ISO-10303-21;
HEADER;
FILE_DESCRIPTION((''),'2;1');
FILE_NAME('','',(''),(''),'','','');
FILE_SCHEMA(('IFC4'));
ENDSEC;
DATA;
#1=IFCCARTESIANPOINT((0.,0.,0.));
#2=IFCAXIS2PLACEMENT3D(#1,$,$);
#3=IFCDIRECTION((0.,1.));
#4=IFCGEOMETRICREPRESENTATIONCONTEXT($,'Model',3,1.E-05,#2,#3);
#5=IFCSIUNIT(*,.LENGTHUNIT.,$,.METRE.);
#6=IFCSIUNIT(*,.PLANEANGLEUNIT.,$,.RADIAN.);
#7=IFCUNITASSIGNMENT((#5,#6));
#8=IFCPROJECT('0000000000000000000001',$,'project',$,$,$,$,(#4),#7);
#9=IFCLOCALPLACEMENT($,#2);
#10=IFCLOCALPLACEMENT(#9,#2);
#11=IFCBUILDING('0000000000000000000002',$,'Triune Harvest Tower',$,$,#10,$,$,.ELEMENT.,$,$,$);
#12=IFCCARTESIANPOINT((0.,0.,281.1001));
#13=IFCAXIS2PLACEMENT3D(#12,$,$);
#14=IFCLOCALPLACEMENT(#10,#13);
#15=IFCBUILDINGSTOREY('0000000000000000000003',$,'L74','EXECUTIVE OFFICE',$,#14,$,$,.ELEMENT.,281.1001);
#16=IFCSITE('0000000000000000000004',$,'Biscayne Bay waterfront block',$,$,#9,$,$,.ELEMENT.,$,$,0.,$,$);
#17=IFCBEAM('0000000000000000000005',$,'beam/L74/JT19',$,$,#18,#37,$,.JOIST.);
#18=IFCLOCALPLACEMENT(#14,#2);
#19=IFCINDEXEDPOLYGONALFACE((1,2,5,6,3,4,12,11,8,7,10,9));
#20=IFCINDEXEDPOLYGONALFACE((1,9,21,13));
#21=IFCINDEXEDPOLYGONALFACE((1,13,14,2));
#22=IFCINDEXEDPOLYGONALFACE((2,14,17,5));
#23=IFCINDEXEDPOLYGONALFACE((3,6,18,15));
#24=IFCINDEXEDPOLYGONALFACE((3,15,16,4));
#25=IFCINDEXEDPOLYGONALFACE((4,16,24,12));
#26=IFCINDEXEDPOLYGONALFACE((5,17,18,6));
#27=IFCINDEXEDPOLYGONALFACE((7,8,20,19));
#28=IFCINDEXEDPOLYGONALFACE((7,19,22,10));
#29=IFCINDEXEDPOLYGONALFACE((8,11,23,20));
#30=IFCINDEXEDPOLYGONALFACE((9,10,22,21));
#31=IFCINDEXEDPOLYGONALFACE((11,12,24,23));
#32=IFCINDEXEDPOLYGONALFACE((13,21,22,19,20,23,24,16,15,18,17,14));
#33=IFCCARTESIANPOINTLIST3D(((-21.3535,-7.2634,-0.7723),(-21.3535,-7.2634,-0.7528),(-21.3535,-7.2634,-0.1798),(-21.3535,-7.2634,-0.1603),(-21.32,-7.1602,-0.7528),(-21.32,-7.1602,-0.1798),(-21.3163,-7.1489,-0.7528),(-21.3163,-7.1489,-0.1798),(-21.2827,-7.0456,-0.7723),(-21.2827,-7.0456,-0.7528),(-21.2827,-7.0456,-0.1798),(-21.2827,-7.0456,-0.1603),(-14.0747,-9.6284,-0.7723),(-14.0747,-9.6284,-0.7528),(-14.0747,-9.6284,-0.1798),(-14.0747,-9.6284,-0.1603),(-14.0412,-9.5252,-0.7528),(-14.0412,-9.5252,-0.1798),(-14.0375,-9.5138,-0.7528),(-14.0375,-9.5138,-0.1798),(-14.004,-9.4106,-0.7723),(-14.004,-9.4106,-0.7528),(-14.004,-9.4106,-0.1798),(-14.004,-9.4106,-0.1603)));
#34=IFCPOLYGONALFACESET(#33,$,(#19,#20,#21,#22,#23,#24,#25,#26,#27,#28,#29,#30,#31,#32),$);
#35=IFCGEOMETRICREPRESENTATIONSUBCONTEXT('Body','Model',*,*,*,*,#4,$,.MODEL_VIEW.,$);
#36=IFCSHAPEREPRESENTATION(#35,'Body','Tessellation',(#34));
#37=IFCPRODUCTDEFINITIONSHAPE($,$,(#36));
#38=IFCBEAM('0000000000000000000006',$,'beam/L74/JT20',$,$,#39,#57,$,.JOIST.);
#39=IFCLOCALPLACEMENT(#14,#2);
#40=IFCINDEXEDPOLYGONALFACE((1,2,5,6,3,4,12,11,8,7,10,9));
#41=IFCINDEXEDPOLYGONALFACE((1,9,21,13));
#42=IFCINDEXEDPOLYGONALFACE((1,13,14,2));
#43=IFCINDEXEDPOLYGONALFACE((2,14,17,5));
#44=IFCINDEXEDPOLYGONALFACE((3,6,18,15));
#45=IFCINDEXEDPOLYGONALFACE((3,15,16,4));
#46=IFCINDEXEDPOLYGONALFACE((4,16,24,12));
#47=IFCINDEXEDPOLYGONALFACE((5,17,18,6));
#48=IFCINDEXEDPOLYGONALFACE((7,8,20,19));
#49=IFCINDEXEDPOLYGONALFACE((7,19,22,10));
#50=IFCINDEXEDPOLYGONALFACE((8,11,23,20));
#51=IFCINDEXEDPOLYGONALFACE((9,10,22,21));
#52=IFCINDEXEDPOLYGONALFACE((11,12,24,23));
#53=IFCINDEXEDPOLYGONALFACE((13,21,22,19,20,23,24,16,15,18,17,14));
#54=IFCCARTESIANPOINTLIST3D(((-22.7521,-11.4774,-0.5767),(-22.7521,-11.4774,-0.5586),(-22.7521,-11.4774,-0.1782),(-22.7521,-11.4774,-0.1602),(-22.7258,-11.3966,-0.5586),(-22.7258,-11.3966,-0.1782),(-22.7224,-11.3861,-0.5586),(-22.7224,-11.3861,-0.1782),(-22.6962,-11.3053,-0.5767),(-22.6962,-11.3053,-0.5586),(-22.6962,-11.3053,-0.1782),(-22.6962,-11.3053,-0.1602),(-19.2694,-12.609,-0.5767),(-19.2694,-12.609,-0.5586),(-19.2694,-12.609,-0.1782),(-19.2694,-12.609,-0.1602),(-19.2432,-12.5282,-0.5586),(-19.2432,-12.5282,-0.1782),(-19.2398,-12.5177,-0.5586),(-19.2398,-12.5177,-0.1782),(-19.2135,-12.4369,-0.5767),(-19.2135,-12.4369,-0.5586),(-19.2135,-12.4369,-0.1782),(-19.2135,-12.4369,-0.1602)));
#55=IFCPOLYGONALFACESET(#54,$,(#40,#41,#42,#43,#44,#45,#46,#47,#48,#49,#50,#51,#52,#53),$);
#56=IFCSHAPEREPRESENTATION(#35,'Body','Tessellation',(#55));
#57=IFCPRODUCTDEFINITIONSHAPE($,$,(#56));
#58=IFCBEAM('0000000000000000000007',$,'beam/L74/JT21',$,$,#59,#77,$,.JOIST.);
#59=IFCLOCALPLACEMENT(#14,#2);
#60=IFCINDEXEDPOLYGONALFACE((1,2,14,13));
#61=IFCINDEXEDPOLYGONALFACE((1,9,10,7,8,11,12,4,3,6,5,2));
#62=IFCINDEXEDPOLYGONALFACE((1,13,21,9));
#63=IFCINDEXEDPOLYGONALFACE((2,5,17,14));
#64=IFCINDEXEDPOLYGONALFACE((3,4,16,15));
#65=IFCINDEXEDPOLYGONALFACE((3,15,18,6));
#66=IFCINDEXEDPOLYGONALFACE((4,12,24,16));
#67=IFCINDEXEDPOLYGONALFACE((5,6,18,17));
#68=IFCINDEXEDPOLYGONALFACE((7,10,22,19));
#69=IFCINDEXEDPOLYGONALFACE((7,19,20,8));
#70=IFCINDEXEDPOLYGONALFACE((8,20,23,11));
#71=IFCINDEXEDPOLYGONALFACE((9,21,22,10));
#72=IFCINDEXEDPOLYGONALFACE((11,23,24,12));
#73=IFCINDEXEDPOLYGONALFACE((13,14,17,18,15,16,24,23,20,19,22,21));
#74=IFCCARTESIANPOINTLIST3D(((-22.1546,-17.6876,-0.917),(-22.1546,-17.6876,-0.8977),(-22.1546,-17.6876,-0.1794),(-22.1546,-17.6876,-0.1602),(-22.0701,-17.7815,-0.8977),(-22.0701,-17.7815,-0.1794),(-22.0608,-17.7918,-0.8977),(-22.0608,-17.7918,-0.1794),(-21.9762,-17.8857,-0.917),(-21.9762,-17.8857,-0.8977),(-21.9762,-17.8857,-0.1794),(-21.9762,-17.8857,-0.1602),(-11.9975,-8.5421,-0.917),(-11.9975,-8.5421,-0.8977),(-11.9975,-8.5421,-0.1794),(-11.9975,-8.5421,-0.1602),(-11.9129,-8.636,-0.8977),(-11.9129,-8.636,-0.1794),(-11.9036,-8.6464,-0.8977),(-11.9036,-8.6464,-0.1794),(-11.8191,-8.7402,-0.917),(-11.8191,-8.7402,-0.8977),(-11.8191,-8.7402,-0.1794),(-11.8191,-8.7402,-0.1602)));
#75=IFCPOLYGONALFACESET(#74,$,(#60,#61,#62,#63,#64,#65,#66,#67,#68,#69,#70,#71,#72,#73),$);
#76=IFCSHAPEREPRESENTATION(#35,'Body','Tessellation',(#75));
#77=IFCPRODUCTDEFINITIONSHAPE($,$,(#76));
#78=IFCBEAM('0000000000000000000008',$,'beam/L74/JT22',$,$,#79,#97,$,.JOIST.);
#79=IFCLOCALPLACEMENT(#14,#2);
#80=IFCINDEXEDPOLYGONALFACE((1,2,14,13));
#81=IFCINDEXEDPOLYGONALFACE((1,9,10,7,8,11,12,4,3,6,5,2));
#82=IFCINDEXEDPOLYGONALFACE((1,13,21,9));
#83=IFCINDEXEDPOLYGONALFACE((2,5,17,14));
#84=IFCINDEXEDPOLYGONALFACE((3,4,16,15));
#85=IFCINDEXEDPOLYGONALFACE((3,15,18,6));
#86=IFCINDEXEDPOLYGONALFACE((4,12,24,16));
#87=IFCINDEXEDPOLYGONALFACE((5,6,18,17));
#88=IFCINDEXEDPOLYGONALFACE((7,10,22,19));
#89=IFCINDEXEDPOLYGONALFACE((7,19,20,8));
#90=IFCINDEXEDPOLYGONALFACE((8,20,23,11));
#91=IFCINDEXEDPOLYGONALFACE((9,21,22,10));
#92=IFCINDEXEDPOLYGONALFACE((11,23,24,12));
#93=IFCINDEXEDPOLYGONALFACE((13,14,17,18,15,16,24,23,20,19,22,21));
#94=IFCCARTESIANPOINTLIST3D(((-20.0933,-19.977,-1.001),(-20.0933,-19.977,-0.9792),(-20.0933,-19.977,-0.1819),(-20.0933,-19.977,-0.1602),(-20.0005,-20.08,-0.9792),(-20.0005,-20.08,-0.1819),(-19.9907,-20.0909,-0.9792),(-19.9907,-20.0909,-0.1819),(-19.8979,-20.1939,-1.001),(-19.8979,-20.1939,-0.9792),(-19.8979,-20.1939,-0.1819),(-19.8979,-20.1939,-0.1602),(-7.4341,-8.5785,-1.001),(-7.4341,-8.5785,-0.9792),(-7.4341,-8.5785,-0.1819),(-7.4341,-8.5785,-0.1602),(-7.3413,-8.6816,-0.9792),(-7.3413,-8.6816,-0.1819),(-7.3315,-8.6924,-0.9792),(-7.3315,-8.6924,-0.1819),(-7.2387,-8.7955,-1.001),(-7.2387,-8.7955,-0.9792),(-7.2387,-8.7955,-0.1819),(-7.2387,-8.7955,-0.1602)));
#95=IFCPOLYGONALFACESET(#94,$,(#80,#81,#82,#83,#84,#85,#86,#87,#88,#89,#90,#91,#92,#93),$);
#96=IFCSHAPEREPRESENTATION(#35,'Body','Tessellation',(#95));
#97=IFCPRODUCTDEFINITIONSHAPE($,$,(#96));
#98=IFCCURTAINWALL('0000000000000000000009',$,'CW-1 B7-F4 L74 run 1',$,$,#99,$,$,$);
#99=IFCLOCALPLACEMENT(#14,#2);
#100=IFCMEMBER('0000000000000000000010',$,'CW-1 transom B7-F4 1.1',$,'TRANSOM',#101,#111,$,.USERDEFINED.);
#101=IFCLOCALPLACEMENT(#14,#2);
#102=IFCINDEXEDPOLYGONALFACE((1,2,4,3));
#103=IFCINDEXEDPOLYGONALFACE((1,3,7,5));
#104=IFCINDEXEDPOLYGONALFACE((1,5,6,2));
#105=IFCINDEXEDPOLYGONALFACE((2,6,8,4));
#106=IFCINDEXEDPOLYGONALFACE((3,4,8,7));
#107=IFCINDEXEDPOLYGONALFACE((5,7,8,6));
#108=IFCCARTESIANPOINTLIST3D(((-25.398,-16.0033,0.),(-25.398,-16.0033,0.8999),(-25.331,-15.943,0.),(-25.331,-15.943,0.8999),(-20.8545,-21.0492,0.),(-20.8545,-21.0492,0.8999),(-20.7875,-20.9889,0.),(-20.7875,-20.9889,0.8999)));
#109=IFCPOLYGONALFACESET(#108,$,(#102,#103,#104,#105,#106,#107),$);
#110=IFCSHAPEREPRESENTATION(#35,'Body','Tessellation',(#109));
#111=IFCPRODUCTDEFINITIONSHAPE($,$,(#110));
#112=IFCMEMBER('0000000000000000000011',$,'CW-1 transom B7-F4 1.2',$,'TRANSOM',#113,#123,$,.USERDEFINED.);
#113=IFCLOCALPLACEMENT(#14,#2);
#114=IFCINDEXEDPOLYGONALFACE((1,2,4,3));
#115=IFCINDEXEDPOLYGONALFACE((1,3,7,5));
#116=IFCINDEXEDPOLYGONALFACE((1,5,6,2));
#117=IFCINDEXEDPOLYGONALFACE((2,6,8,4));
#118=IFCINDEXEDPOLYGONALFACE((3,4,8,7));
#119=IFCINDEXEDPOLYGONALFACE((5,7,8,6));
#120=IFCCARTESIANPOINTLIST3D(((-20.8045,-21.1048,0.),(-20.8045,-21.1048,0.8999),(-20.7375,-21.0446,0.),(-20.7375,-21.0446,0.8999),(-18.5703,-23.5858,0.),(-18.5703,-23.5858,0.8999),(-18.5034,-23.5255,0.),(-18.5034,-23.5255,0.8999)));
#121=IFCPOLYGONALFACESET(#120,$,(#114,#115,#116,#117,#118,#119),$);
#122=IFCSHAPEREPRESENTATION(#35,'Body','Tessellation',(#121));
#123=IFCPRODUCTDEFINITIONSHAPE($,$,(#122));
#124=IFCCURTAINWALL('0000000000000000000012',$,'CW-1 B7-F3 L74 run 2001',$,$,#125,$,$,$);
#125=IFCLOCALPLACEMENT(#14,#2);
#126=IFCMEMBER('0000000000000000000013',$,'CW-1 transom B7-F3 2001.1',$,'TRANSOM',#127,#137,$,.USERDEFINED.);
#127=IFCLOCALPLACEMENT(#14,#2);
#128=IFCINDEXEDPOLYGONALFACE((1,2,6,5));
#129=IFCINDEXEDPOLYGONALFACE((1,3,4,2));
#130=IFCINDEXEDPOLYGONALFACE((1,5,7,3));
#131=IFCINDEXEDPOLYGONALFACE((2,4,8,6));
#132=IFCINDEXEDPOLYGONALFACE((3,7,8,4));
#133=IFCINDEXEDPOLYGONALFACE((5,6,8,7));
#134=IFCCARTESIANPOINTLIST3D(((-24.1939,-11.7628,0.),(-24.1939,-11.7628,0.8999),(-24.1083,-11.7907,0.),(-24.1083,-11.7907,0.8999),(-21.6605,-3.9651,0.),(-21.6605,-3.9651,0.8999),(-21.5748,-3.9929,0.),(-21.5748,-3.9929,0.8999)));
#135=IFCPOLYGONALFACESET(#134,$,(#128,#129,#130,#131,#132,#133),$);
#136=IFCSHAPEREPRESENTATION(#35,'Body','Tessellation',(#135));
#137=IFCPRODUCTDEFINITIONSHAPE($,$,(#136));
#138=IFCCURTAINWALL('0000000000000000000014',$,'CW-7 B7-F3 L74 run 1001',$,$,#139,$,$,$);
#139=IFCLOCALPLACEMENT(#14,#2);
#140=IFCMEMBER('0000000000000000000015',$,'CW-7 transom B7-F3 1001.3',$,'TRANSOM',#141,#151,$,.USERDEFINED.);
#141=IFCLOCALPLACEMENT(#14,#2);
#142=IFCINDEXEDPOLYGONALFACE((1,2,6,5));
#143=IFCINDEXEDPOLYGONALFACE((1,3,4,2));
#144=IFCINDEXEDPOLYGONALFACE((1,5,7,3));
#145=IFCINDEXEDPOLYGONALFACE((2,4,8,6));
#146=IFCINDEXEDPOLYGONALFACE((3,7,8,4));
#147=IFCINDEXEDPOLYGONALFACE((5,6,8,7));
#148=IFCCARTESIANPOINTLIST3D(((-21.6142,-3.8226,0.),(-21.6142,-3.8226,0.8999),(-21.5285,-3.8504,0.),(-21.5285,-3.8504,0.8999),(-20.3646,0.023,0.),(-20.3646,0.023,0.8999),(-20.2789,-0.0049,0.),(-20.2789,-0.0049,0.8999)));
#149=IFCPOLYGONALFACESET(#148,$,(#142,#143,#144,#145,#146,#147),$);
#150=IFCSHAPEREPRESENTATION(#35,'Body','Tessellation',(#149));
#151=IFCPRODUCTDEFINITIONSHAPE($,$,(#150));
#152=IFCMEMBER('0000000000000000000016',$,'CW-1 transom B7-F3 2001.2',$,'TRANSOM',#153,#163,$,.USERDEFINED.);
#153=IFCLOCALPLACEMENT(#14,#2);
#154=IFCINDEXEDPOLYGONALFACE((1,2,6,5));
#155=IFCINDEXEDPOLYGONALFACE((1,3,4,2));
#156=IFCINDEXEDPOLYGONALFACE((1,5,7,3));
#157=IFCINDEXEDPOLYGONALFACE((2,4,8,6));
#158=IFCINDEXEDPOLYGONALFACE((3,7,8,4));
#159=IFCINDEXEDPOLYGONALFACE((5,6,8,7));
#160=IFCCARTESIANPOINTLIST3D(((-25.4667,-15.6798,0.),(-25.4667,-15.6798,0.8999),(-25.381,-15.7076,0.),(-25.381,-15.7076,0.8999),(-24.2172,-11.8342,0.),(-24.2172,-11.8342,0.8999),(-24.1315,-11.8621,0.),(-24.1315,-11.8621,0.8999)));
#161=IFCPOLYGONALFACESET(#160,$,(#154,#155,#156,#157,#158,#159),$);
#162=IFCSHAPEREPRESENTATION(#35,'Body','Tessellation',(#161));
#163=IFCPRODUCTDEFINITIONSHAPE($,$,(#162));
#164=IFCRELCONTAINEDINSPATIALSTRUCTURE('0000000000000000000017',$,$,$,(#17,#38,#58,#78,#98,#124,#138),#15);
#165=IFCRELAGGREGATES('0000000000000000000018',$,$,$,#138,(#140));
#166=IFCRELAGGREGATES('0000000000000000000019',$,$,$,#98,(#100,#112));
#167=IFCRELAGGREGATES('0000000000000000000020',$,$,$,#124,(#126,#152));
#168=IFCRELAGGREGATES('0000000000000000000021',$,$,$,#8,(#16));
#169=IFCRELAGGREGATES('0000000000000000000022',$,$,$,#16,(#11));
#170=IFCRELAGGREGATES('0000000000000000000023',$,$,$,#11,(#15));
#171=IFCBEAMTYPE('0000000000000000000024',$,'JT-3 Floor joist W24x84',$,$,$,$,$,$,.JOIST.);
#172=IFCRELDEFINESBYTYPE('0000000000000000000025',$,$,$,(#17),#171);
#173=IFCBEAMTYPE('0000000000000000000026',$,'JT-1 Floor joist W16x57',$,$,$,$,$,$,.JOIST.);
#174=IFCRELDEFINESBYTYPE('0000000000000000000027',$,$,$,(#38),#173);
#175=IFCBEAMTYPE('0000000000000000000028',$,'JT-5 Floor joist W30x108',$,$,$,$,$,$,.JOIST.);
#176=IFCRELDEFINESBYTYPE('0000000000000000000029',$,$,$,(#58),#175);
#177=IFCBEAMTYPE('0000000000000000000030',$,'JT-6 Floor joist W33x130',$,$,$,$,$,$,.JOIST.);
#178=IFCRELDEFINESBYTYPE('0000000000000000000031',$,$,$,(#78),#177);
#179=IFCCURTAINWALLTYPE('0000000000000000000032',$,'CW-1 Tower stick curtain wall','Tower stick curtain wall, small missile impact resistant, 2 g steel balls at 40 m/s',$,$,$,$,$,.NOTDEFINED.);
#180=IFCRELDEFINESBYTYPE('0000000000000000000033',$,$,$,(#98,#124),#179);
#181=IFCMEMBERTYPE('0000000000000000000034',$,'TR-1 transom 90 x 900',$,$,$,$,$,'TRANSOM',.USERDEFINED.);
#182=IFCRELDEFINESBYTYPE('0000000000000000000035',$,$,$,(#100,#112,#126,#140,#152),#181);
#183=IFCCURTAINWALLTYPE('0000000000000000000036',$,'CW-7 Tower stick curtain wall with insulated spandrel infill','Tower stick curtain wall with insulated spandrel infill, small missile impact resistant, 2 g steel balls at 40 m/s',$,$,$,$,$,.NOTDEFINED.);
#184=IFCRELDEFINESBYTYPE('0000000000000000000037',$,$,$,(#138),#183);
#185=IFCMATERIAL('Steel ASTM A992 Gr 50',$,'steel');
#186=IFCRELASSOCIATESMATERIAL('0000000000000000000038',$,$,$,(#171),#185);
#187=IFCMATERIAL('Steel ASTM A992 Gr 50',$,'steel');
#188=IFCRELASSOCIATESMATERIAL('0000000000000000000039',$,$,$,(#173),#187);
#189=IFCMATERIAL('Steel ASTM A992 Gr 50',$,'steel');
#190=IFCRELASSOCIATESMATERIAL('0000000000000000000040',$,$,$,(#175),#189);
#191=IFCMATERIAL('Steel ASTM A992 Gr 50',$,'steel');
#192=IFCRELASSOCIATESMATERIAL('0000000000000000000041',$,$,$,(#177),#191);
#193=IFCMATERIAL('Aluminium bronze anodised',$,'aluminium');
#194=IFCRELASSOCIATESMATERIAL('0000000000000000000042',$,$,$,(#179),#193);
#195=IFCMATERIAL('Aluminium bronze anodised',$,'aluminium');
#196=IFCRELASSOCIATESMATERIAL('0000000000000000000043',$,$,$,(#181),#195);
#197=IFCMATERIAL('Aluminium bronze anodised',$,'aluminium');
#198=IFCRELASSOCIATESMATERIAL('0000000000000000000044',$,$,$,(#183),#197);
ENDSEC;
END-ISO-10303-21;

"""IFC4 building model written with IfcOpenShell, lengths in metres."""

from ifc_helpers import new_model, si_unit, direction, frame, origin, origin_2d, place, context, subcontext, project, spatial, rectangle, i_section, extrude, source, transform, mapped, material, material_profile, profile_set, type_object, element, aggregate, save


model = new_model("IFC4")

# Units and contexts
model_context = context("Model", 3, precision=1e-05, world=origin(), true_north=direction((0.0, 1.0)))
body_context = subcontext(model_context, "Body", "Model", "MODEL_VIEW")
ifc_project = project(units=[si_unit("LENGTHUNIT", "METRE"), si_unit("PLANEANGLEUNIT", "RADIAN")], contexts=[model_context])

# Site, building, storey
site_placement = place(None, origin())
site = spatial("IfcSite", under=ifc_project, at=site_placement, Name="Biscayne Bay waterfront block", CompositionType="ELEMENT", RefElevation=0.0)
building_placement = place(site_placement, origin())
building = spatial("IfcBuilding", under=site, at=building_placement, Name="Triune Harvest Tower", CompositionType="ELEMENT")
storey_placement = place(building_placement, frame((0.0, 0.0, 281.1001)))
storey = spatial("IfcBuildingStorey", under=building, at=storey_placement, Name="L74", Description="EXECUTIVE OFFICE", CompositionType="ELEMENT", Elevation=281.1001)

# Beams
ifc_material_1 = material(Name="Steel ASTM A992 Gr 50", Category="steel")
ifc_material_profile_1 = material_profile(ifc_material_1, i_section(OverallWidth=0.229, OverallDepth=0.6121, WebThickness=0.012, FlangeThickness=0.0195, at=origin_2d()), Name="W24x84")
ifc_profile_set_1 = profile_set([ifc_material_profile_1], Name="Steel ASTM A992 Gr 50")
beam_type_1 = type_object("IfcBeamType", Name="JT-3 Floor joist W24x84", PredefinedType="JOIST", material=ifc_profile_set_1)
shared_shape_1 = source(origin(), body_context, "Body", "SweptSolid", [
    extrude(i_section(OverallWidth=0.229, OverallDepth=0.6121, WebThickness=0.012, FlangeThickness=0.0195, at=origin_2d()), origin(), (0.0, 0.0, 1.0), 7.6533),
])
beam_1_placement = place(storey_placement, frame((-21.3181, -7.1545, -0.4663), z_axis=(0.951058, -0.309012, 0.0), x_axis=(0.309012, 0.951058, 0.0)))
element("IfcBeam", 1, at=beam_1_placement, inside=storey, type_object=beam_type_1, Name="beam/L74/JT19", PredefinedType="JOIST", context=body_context, shape_type="MappedRepresentation", body=[
    mapped(shared_shape_1, transform((0.0, 0.0, 0.0), scale=1.0)),
])
ifc_material_2 = material(Name="Steel ASTM A992 Gr 50", Category="steel")
ifc_material_profile_2 = material_profile(ifc_material_2, i_section(OverallWidth=0.1809, OverallDepth=0.4165, WebThickness=0.011, FlangeThickness=0.0181, at=origin_2d()), Name="W16x57")
ifc_profile_set_2 = profile_set([ifc_material_profile_2], Name="Steel ASTM A992 Gr 50")
beam_type_2 = type_object("IfcBeamType", Name="JT-1 Floor joist W16x57", PredefinedType="JOIST", material=ifc_profile_set_2)
shared_shape_2 = source(origin(), body_context, "Body", "SweptSolid", [
    extrude(i_section(OverallWidth=0.1809, OverallDepth=0.4165, WebThickness=0.011, FlangeThickness=0.0181, at=origin_2d()), origin(), (0.0, 0.0, 1.0), 3.6619),
])
beam_2_placement = place(storey_placement, frame((-22.7241, -11.3914, -0.3684), z_axis=(0.951056, -0.309018, 0.0), x_axis=(0.309018, 0.951056, 0.0)))
element("IfcBeam", 2, at=beam_2_placement, inside=storey, type_object=beam_type_2, Name="beam/L74/JT20", PredefinedType="JOIST", context=body_context, shape_type="MappedRepresentation", body=[
    mapped(shared_shape_2, transform((0.0, 0.0, 0.0), scale=1.0)),
])
ifc_material_3 = material(Name="Steel ASTM A992 Gr 50", Category="steel")
ifc_material_profile_3 = material_profile(ifc_material_3, i_section(OverallWidth=0.2666, OverallDepth=0.7568, WebThickness=0.0139, FlangeThickness=0.0193, at=origin_2d()), Name="W30x108")
ifc_profile_set_3 = profile_set([ifc_material_profile_3], Name="Steel ASTM A992 Gr 50")
beam_type_3 = type_object("IfcBeamType", Name="JT-5 Floor joist W30x108", PredefinedType="JOIST", material=ifc_profile_set_3)
shared_shape_3 = source(origin(), body_context, "Body", "SweptSolid", [
    extrude(i_section(OverallWidth=0.2666, OverallDepth=0.7568, WebThickness=0.0139, FlangeThickness=0.0193, at=origin_2d()), origin(), (0.0, 0.0, 1.0), 13.6677),
])
beam_3_placement = place(storey_placement, frame((-22.0654, -17.7866, -0.5386), z_axis=(0.743148, 0.669127, 0.0), x_axis=(-0.669127, 0.743148, 0.0)))
element("IfcBeam", 3, at=beam_3_placement, inside=storey, type_object=beam_type_3, Name="beam/L74/JT21", PredefinedType="JOIST", context=body_context, shape_type="MappedRepresentation", body=[
    mapped(shared_shape_3, transform((0.0, 0.0, 0.0), scale=1.0)),
])
ifc_material_4 = material(Name="Steel ASTM A992 Gr 50", Category="steel")
ifc_material_profile_4 = material_profile(ifc_material_4, i_section(OverallWidth=0.292, OverallDepth=0.8408, WebThickness=0.0146, FlangeThickness=0.0217, at=origin_2d()), Name="W33x130")
ifc_profile_set_4 = profile_set([ifc_material_profile_4], Name="Steel ASTM A992 Gr 50")
beam_type_4 = type_object("IfcBeamType", Name="JT-6 Floor joist W33x130", PredefinedType="JOIST", material=ifc_profile_set_4)
shared_shape_4 = source(origin(), body_context, "Body", "SweptSolid", [
    extrude(i_section(OverallWidth=0.292, OverallDepth=0.8408, WebThickness=0.0146, FlangeThickness=0.0217, at=origin_2d()), origin(), (0.0, 0.0, 1.0), 17.0347),
])
beam_4_placement = place(storey_placement, frame((-19.9956, -20.0854, -0.5806), z_axis=(0.743143, 0.669133, 0.0), x_axis=(-0.669133, 0.743143, 0.0)))
element("IfcBeam", 4, at=beam_4_placement, inside=storey, type_object=beam_type_4, Name="beam/L74/JT22", PredefinedType="JOIST", context=body_context, shape_type="MappedRepresentation", body=[
    mapped(shared_shape_4, transform((0.0, 0.0, 0.0), scale=1.0)),
])

# Curtain wall, members
ifc_material_5 = material(Name="Aluminium bronze anodised", Category="aluminium")
curtain_wall_type_1 = type_object("IfcCurtainWallType", Name="CW-1 Tower stick curtain wall", Description="Tower stick curtain wall, small missile impact resistant, 2 g steel balls at 40 m/s", PredefinedType="NOTDEFINED", material=ifc_material_5)
curtain_wall_1_placement = place(storey_placement, origin())
curtain_wall_1 = element("IfcCurtainWall", 5, at=curtain_wall_1_placement, inside=storey, type_object=curtain_wall_type_1, Name="CW-1 B7-F4 L74 run 1")
ifc_material_6 = material(Name="Aluminium bronze anodised", Category="aluminium")
ifc_material_profile_5 = material_profile(ifc_material_6, rectangle(XDim=0.0901, YDim=0.8999, at=origin_2d()), Name="TR-1 transom 90 x 900")
ifc_profile_set_5 = profile_set([ifc_material_profile_5], Name="Aluminium bronze anodised")
member_type_1 = type_object("IfcMemberType", Name="TR-1 transom 90 x 900", ElementType="TRANSOM", PredefinedType="USERDEFINED", material=ifc_profile_set_5)
shared_shape_5 = source(origin(), body_context, "Body", "SweptSolid", [
    extrude(rectangle(XDim=0.0901, YDim=0.8999, at=origin_2d()), origin(), (0.0, 0.0, 1.0), 6.79),
])
member_1_placement = place(storey_placement, frame((-25.3645, -15.9731, 0.45), z_axis=(0.66914, -0.743137, 0.0), x_axis=(0.743137, 0.66914, 0.0)))
member_1 = element("IfcMember", 6, at=member_1_placement, type_object=member_type_1, Name="CW-1 transom B7-F4 1.1", ObjectType="TRANSOM", PredefinedType="USERDEFINED", context=body_context, shape_type="MappedRepresentation", body=[
    mapped(shared_shape_5, transform((0.0, 0.0, 0.0), scale=1.0)),
])
shared_shape_6 = source(origin(), body_context, "Body", "SweptSolid", [
    extrude(rectangle(XDim=0.0901, YDim=0.8999, at=origin_2d()), origin(), (0.0, 0.0, 1.0), 3.3386),
])
member_2_placement = place(storey_placement, frame((-20.771, -21.0747, 0.45), z_axis=(0.669175, -0.743105, 0.0), x_axis=(0.743105, 0.669175, 0.0)))
member_2 = element("IfcMember", 7, at=member_2_placement, type_object=member_type_1, Name="CW-1 transom B7-F4 1.2", ObjectType="TRANSOM", PredefinedType="USERDEFINED", context=body_context, shape_type="MappedRepresentation", body=[
    mapped(shared_shape_6, transform((0.0, 0.0, 0.0), scale=1.0)),
])

# Curtain walls, members
curtain_wall_2_placement = place(storey_placement, origin())
curtain_wall_2 = element("IfcCurtainWall", 8, at=curtain_wall_2_placement, inside=storey, type_object=curtain_wall_type_1, Name="CW-1 B7-F3 L74 run 2001")
shared_shape_7 = source(origin(), body_context, "Body", "SweptSolid", [
    extrude(rectangle(XDim=0.0901, YDim=0.8999, at=origin_2d()), origin(), (0.0, 0.0, 1.0), 8.199),
])
member_3_placement = place(storey_placement, frame((-21.6177, -3.979, 0.45), z_axis=(-0.308992, -0.951065, 0.0), x_axis=(0.951065, -0.308992, 0.0)))
member_3 = element("IfcMember", 9, at=member_3_placement, type_object=member_type_1, Name="CW-1 transom B7-F3 2001.1", ObjectType="TRANSOM", PredefinedType="USERDEFINED", context=body_context, shape_type="MappedRepresentation", body=[
    mapped(shared_shape_7, transform((0.0, 0.0, 0.0), scale=1.0)),
])
ifc_material_7 = material(Name="Aluminium bronze anodised", Category="aluminium")
curtain_wall_type_2 = type_object("IfcCurtainWallType", Name="CW-7 Tower stick curtain wall with insulated spandrel infill", Description="Tower stick curtain wall with insulated spandrel infill, small missile impact resistant, 2 g steel balls at 40 m/s", PredefinedType="NOTDEFINED", material=ifc_material_7)
curtain_wall_3_placement = place(storey_placement, origin())
curtain_wall_3 = element("IfcCurtainWall", 10, at=curtain_wall_3_placement, inside=storey, type_object=curtain_wall_type_2, Name="CW-7 B7-F3 L74 run 1001")
shared_shape_8 = source(origin(), body_context, "Body", "SweptSolid", [
    extrude(rectangle(XDim=0.0901, YDim=0.8999, at=origin_2d()), origin(), (0.0, 0.0, 1.0), 4.0435),
])
member_4_placement = place(storey_placement, frame((-20.3218, 0.009, 0.45), z_axis=(-0.309027, -0.951053, 0.0), x_axis=(0.951053, -0.309027, 0.0)))
member_4 = element("IfcMember", 11, at=member_4_placement, type_object=member_type_1, Name="CW-7 transom B7-F3 1001.3", ObjectType="TRANSOM", PredefinedType="USERDEFINED", context=body_context, shape_type="MappedRepresentation", body=[
    mapped(shared_shape_8, transform((0.0, 0.0, 0.0), scale=1.0)),
])

# Member
member_5_placement = place(storey_placement, frame((-24.1743, -11.8481, 0.45), z_axis=(-0.309027, -0.951053, 0.0), x_axis=(0.951053, -0.309027, 0.0)))
member_5 = element("IfcMember", 12, at=member_5_placement, type_object=member_type_1, Name="CW-1 transom B7-F3 2001.2", ObjectType="TRANSOM", PredefinedType="USERDEFINED", context=body_context, shape_type="MappedRepresentation", body=[
    mapped(shared_shape_8, transform((0.0, 0.0, 0.0), scale=1.0)),
])

aggregate(curtain_wall_3, [member_4])
aggregate(curtain_wall_1, [member_1, member_2])
aggregate(curtain_wall_2, [member_3, member_5])

save(model, "model.ifc")
